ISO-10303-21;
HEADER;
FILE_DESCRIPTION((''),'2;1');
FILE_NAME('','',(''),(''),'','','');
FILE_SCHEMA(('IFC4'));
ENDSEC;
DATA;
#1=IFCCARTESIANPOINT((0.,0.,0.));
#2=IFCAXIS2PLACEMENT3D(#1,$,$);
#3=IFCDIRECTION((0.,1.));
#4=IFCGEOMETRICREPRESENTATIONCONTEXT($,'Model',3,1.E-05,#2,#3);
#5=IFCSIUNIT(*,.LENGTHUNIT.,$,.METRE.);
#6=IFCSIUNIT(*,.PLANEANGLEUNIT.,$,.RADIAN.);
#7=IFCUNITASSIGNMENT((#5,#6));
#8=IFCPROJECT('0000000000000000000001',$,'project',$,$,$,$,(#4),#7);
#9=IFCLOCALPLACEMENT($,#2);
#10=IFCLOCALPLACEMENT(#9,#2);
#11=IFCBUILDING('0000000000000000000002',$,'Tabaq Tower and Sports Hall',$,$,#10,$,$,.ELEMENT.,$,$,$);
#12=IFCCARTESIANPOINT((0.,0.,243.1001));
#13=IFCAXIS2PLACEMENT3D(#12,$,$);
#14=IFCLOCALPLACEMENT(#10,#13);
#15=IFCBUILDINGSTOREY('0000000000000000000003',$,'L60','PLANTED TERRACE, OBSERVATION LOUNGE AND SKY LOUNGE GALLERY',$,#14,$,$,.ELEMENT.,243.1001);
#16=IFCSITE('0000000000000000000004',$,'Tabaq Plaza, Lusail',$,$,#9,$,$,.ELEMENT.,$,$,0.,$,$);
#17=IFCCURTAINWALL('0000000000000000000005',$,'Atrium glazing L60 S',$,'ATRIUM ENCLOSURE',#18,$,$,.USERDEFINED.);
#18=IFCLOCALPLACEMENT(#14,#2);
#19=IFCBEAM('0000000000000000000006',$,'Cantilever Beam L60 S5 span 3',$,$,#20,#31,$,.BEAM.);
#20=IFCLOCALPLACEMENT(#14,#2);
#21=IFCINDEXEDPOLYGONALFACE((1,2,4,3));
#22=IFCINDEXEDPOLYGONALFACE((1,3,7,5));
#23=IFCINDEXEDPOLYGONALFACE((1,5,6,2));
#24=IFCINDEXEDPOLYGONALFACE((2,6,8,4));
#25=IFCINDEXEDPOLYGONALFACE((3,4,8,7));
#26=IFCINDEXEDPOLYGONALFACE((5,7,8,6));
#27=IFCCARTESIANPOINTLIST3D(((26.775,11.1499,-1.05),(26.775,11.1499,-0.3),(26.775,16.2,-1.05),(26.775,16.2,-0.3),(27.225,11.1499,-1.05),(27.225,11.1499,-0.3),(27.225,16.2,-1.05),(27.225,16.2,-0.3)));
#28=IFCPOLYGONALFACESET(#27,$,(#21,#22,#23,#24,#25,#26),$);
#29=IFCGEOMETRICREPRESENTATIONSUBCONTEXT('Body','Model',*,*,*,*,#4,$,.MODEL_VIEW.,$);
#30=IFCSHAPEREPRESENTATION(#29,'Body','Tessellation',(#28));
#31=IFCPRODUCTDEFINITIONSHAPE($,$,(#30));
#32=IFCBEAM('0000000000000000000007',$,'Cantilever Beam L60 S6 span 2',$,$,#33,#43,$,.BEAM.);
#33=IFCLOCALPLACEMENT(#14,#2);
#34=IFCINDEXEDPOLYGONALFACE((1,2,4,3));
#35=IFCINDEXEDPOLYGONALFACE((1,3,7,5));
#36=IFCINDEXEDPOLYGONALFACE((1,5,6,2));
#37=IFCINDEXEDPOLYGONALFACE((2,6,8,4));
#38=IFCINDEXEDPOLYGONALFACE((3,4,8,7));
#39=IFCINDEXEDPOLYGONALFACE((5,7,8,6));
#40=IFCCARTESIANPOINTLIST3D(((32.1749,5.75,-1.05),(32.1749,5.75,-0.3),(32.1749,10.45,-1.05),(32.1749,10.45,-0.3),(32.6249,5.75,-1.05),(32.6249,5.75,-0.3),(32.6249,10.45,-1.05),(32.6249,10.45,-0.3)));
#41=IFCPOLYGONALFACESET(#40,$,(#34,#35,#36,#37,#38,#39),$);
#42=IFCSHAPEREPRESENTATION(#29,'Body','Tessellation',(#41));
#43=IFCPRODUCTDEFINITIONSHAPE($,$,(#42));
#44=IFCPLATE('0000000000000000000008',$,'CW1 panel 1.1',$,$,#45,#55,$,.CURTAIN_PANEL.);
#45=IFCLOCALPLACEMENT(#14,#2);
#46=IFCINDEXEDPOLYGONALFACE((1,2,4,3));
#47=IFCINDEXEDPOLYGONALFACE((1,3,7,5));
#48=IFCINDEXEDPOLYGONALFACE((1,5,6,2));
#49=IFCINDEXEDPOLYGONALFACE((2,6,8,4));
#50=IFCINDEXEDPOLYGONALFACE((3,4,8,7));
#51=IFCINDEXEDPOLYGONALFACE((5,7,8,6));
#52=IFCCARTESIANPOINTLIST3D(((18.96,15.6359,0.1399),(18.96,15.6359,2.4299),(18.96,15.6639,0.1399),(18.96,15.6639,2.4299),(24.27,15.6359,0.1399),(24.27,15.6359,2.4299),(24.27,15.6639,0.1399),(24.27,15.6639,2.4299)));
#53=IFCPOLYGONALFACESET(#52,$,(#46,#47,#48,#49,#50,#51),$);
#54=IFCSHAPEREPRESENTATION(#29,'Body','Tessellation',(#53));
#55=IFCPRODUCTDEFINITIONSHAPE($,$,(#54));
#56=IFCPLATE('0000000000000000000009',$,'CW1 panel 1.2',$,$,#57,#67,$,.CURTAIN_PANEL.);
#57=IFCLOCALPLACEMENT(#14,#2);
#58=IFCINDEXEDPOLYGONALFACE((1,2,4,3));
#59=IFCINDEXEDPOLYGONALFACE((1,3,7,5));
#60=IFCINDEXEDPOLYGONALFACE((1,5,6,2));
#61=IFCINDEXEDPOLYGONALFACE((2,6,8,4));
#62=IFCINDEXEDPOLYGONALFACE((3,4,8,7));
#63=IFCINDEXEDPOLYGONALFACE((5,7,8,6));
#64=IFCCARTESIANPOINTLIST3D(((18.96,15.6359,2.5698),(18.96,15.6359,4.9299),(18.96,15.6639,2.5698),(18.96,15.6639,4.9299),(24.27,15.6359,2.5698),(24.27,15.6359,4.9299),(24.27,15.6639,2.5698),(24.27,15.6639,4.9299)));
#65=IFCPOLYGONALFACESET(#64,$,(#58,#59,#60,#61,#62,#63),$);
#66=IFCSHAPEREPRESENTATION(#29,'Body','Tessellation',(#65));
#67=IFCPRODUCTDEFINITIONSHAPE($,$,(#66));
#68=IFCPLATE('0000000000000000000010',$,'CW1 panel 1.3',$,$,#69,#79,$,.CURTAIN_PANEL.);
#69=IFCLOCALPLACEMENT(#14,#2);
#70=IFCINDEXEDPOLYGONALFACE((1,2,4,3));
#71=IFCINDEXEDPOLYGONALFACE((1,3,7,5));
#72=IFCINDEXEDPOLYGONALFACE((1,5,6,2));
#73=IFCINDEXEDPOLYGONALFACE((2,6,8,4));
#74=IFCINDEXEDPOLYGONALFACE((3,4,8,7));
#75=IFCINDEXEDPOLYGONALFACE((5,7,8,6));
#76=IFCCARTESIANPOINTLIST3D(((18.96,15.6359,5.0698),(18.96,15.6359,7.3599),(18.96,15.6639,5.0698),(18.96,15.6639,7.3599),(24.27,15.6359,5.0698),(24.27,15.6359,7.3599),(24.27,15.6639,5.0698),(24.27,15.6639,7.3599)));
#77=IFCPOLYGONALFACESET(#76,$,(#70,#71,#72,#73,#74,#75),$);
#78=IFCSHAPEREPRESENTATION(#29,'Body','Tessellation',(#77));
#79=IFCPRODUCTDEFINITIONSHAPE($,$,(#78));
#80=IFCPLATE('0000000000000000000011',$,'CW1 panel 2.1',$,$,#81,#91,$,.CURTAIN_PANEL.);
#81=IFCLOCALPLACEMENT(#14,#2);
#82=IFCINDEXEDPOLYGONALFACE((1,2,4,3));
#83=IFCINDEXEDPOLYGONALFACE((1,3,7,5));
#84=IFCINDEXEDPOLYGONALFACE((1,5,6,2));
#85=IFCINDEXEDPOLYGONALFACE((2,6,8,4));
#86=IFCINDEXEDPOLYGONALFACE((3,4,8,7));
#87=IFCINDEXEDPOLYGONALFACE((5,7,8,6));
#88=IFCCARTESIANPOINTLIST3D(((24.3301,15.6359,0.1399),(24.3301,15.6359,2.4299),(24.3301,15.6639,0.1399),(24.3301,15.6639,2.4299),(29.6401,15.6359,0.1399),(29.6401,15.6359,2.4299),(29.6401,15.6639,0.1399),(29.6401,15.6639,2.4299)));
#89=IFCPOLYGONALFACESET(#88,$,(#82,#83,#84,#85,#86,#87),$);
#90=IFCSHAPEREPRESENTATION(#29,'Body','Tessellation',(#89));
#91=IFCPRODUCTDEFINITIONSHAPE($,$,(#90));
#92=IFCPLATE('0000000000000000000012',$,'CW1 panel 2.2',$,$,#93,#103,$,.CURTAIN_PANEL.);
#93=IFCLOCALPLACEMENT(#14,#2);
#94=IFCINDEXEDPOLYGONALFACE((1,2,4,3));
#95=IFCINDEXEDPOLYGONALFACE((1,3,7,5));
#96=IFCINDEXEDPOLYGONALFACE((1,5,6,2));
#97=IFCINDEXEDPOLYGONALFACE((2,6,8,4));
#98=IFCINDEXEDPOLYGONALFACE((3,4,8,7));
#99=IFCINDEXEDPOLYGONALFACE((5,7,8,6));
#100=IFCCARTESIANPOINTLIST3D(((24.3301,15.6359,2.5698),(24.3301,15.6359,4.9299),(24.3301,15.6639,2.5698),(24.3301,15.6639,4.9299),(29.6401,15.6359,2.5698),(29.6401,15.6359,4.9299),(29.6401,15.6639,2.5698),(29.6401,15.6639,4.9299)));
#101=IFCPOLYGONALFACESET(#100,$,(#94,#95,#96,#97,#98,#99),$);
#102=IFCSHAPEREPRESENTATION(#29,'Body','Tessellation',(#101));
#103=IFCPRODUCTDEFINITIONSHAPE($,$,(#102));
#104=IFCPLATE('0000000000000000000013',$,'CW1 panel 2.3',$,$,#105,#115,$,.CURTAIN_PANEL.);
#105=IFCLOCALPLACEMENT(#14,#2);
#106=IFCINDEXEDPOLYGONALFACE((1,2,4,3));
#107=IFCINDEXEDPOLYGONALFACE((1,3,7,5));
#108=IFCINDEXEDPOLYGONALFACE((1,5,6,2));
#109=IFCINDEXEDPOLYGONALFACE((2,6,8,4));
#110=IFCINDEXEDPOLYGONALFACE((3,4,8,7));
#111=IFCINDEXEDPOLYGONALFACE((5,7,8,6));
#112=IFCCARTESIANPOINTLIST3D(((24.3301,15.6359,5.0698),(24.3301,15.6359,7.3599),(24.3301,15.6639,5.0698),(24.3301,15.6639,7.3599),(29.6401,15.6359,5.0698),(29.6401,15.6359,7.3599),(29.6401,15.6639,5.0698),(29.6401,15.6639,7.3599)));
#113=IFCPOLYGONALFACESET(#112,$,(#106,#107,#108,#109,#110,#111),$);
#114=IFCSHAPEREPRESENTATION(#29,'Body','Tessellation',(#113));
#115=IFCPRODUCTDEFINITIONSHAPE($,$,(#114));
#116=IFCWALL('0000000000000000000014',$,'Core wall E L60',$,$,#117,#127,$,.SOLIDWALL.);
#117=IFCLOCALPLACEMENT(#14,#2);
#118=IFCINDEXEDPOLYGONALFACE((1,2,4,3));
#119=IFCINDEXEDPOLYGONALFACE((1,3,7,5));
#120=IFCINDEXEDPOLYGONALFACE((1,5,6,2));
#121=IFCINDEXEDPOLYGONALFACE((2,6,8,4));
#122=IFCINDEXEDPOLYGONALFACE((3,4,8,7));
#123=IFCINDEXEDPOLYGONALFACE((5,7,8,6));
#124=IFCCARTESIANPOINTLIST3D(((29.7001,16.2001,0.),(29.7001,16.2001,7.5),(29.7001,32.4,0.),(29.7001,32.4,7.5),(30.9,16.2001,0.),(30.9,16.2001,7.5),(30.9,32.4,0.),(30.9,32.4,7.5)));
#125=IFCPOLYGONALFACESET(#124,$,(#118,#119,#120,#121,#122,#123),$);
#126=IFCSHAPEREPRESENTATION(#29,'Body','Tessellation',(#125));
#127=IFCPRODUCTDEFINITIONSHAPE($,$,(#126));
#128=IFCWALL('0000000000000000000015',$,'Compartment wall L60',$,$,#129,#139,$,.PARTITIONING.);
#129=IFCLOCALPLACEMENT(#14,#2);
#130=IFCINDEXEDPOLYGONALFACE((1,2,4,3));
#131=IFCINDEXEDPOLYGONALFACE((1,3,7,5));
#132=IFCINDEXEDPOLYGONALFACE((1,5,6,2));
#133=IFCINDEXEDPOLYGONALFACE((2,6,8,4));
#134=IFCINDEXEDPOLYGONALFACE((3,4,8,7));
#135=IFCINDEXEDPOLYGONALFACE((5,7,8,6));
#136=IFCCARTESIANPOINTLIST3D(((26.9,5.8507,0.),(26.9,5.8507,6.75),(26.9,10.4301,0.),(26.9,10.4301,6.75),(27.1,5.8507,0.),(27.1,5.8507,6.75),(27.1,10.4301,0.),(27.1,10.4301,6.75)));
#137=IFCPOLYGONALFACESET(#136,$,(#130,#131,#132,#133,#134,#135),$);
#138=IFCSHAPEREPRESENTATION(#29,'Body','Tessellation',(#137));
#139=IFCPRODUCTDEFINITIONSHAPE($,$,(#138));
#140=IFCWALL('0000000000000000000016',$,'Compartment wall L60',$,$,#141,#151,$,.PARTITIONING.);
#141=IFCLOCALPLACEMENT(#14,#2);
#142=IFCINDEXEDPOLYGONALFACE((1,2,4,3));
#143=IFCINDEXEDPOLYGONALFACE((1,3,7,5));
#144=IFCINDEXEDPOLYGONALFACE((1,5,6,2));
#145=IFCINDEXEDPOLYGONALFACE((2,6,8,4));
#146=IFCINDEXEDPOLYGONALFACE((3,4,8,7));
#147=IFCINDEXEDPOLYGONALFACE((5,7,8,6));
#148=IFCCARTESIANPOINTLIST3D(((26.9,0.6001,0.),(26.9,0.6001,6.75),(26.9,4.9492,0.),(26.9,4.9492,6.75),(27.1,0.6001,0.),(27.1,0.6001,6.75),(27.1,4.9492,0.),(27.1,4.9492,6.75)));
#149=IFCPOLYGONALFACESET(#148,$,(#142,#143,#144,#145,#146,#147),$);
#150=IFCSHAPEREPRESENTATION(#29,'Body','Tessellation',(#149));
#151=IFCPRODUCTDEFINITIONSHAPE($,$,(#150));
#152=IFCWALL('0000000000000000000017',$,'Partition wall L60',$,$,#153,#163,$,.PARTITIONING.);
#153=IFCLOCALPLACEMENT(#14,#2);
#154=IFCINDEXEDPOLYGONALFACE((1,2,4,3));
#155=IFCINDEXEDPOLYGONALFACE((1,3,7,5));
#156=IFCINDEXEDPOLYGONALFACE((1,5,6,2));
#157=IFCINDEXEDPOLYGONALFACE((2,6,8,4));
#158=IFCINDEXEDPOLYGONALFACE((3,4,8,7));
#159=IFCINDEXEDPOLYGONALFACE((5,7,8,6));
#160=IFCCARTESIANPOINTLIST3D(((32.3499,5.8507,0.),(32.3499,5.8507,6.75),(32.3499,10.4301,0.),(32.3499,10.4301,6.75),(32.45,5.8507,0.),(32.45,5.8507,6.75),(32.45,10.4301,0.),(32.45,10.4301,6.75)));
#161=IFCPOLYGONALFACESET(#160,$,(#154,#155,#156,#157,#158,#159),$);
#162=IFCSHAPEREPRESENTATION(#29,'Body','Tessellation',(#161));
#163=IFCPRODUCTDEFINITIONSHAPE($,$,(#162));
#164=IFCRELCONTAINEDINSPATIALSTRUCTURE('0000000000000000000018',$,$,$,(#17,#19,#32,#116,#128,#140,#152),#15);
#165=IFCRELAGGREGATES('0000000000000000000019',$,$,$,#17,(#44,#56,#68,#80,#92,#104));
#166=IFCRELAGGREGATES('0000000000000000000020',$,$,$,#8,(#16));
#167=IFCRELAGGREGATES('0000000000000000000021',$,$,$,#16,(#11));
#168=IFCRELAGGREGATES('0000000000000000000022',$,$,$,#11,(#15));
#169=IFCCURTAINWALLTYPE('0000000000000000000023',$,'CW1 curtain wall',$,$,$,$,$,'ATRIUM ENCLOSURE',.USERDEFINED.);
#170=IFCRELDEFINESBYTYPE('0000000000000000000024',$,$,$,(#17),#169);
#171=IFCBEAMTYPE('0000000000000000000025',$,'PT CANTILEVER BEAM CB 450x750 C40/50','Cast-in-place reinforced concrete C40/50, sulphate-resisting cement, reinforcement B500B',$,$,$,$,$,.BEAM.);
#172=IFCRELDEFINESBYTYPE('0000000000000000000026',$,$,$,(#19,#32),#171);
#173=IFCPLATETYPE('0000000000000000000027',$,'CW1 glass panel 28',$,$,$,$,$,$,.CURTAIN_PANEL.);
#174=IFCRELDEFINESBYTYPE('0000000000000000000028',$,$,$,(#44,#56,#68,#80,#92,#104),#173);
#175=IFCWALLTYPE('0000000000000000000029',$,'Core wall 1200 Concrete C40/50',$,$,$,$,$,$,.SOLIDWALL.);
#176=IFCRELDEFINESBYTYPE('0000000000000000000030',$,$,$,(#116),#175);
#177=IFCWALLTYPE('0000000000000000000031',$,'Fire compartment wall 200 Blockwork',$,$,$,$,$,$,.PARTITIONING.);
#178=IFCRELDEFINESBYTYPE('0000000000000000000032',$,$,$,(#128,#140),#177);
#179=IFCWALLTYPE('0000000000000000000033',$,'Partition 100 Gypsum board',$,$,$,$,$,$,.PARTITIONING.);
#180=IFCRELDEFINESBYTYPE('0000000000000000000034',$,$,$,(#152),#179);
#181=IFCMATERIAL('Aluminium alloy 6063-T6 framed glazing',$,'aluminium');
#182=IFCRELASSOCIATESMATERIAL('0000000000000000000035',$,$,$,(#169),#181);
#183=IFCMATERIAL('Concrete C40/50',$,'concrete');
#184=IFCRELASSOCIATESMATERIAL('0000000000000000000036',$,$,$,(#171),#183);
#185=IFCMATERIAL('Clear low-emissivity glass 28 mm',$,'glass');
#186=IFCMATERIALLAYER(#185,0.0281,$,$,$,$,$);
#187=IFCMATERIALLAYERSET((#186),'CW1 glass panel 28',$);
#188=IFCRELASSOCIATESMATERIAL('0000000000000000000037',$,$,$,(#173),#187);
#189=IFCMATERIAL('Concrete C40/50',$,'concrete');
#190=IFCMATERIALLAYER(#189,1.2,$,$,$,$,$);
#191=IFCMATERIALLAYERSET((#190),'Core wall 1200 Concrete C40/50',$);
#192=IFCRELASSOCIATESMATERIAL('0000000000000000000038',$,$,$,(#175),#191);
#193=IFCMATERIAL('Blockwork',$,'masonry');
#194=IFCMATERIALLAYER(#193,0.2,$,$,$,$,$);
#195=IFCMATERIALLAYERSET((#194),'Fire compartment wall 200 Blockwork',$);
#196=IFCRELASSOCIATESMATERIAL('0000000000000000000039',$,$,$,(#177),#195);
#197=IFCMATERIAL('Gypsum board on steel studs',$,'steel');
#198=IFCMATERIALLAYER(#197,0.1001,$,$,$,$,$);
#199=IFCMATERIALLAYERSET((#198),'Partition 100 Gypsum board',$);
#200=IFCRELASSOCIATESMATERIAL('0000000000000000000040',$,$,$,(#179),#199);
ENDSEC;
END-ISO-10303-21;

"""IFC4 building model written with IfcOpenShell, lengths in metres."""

from ifc_helpers import new_model, si_unit, direction, frame, frame_2d, origin, origin_2d, place, context, subcontext, project, spatial, rectangle, extrude, material, layer, layer_set, material_profile, profile_set, type_object, element, aggregate, save


model = new_model("IFC4")

# Units and contexts
model_context = context("Model", 3, precision=1e-05, world=origin(), true_north=direction((0.0, 1.0)))
body_context = subcontext(model_context, "Body", "Model", "MODEL_VIEW")
ifc_project = project(units=[si_unit("LENGTHUNIT", "METRE"), si_unit("PLANEANGLEUNIT", "RADIAN")], contexts=[model_context])

# Site, building, storey
site_placement = place(None, origin())
site = spatial("IfcSite", under=ifc_project, at=site_placement, Name="Tabaq Plaza, Lusail", CompositionType="ELEMENT", RefElevation=0.0)
building_placement = place(site_placement, origin())
building = spatial("IfcBuilding", under=site, at=building_placement, Name="Tabaq Tower and Sports Hall", CompositionType="ELEMENT")
storey_placement = place(building_placement, frame((0.0, 0.0, 243.1001)))
storey = spatial("IfcBuildingStorey", under=building, at=storey_placement, Name="L60", Description="PLANTED TERRACE, OBSERVATION LOUNGE AND SKY LOUNGE GALLERY", CompositionType="ELEMENT", Elevation=243.1001)

# Curtain wall
ifc_material_1 = material(Name="Aluminium alloy 6063-T6 framed glazing", Category="aluminium")
curtain_wall_type = type_object("IfcCurtainWallType", Name="CW1 curtain wall", ElementType="ATRIUM ENCLOSURE", PredefinedType="USERDEFINED", material=ifc_material_1)
curtain_wall_placement = place(storey_placement, origin())
curtain_wall = element("IfcCurtainWall", 1, at=curtain_wall_placement, inside=storey, type_object=curtain_wall_type, Name="Atrium glazing L60 S", ObjectType="ATRIUM ENCLOSURE", PredefinedType="USERDEFINED")

# Beams
ifc_material_2 = material(Name="Concrete C40/50", Category="concrete")
ifc_material_profile_1 = material_profile(ifc_material_2, rectangle(XDim=0.45, YDim=0.75, at=origin_2d()), Name="CB 450x750")
ifc_profile_set_1 = profile_set([ifc_material_profile_1], Name="Concrete C40/50")
beam_type = type_object("IfcBeamType", Name="PT CANTILEVER BEAM CB 450x750 C40/50", Description="Cast-in-place reinforced concrete C40/50, sulphate-resisting cement, reinforcement B500B", PredefinedType="BEAM", material=ifc_profile_set_1)
beam_1_placement = place(storey_placement, frame((27.0, 11.1499, -0.675), z_axis=(0.0, 1.0, 0.0), x_axis=(-1.0, 0.0, 0.0)))
element("IfcBeam", 2, at=beam_1_placement, inside=storey, type_object=beam_type, Name="Cantilever Beam L60 S5 span 3", PredefinedType="BEAM", context=body_context, shape_type="SweptSolid", body=[
    extrude(rectangle(XDim=0.45, YDim=0.75, at=origin_2d()), origin(), (0.0, 0.0, 1.0), 5.05),
])
beam_2_placement = place(storey_placement, frame((32.3999, 5.75, -0.675), z_axis=(0.0, 1.0, 0.0), x_axis=(-1.0, 0.0, 0.0)))
element("IfcBeam", 3, at=beam_2_placement, inside=storey, type_object=beam_type, Name="Cantilever Beam L60 S6 span 2", PredefinedType="BEAM", context=body_context, shape_type="SweptSolid", body=[
    extrude(rectangle(XDim=0.45, YDim=0.75, at=origin_2d()), origin(), (0.0, 0.0, 1.0), 4.7),
])

# Plates
ifc_material_3 = material(Name="Clear low-emissivity glass 28 mm", Category="glass")
ifc_layer_1 = layer(ifc_material_3, 0.0281)
ifc_layer_set_1 = layer_set([ifc_layer_1], Name="CW1 glass panel 28")
plate_type = type_object("IfcPlateType", Name="CW1 glass panel 28", PredefinedType="CURTAIN_PANEL", material=ifc_layer_set_1)
plate_1_placement = place(storey_placement, frame((21.615, 15.6499, 0.1399), z_axis=(0.0, 0.0, 1.0), x_axis=(1.0, 0.0, 0.0)))
plate_1 = element("IfcPlate", 4, at=plate_1_placement, type_object=plate_type, Name="CW1 panel 1.1", PredefinedType="CURTAIN_PANEL", context=body_context, shape_type="SweptSolid", body=[
    extrude(rectangle(XDim=5.3101, YDim=0.0281, at=origin_2d()), origin(), (0.0, 0.0, 1.0), 2.29),
])
plate_2_placement = place(storey_placement, frame((21.615, 15.6499, 2.5698), z_axis=(0.0, 0.0, 1.0), x_axis=(1.0, 0.0, 0.0)))
plate_2 = element("IfcPlate", 5, at=plate_2_placement, type_object=plate_type, Name="CW1 panel 1.2", PredefinedType="CURTAIN_PANEL", context=body_context, shape_type="SweptSolid", body=[
    extrude(rectangle(XDim=5.3101, YDim=0.0281, at=origin_2d()), origin(), (0.0, 0.0, 1.0), 2.3601),
])
plate_3_placement = place(storey_placement, frame((21.615, 15.6499, 5.0698), z_axis=(0.0, 0.0, 1.0), x_axis=(1.0, 0.0, 0.0)))
plate_3 = element("IfcPlate", 6, at=plate_3_placement, type_object=plate_type, Name="CW1 panel 1.3", PredefinedType="CURTAIN_PANEL", context=body_context, shape_type="SweptSolid", body=[
    extrude(rectangle(XDim=5.3101, YDim=0.0281, at=origin_2d()), origin(), (0.0, 0.0, 1.0), 2.29),
])
plate_4_placement = place(storey_placement, frame((26.9851, 15.6499, 0.1399), z_axis=(0.0, 0.0, 1.0), x_axis=(1.0, 0.0, 0.0)))
plate_4 = element("IfcPlate", 7, at=plate_4_placement, type_object=plate_type, Name="CW1 panel 2.1", PredefinedType="CURTAIN_PANEL", context=body_context, shape_type="SweptSolid", body=[
    extrude(rectangle(XDim=5.3101, YDim=0.0281, at=origin_2d()), origin(), (0.0, 0.0, 1.0), 2.29),
])
plate_5_placement = place(storey_placement, frame((26.9851, 15.6499, 2.5698), z_axis=(0.0, 0.0, 1.0), x_axis=(1.0, 0.0, 0.0)))
plate_5 = element("IfcPlate", 8, at=plate_5_placement, type_object=plate_type, Name="CW1 panel 2.2", PredefinedType="CURTAIN_PANEL", context=body_context, shape_type="SweptSolid", body=[
    extrude(rectangle(XDim=5.3101, YDim=0.0281, at=origin_2d()), origin(), (0.0, 0.0, 1.0), 2.3601),
])
plate_6_placement = place(storey_placement, frame((26.9851, 15.6499, 5.0698), z_axis=(0.0, 0.0, 1.0), x_axis=(1.0, 0.0, 0.0)))
plate_6 = element("IfcPlate", 9, at=plate_6_placement, type_object=plate_type, Name="CW1 panel 2.3", PredefinedType="CURTAIN_PANEL", context=body_context, shape_type="SweptSolid", body=[
    extrude(rectangle(XDim=5.3101, YDim=0.0281, at=origin_2d()), origin(), (0.0, 0.0, 1.0), 2.29),
])
aggregate(curtain_wall, [plate_1, plate_2, plate_3, plate_4, plate_5, plate_6])

# Wall
ifc_material_4 = material(Name="Concrete C40/50", Category="concrete")
ifc_layer_2 = layer(ifc_material_4, 1.2)
ifc_layer_set_2 = layer_set([ifc_layer_2], Name="Core wall 1200 Concrete C40/50")
wall_type_1 = type_object("IfcWallType", Name="Core wall 1200 Concrete C40/50", PredefinedType="SOLIDWALL", material=ifc_layer_set_2)
wall_1_placement = place(storey_placement, frame((30.3, 16.2, 0.0), z_axis=(0.0, 0.0, 1.0), x_axis=(0.0, 1.0, 0.0)))
element("IfcWall", 10, at=wall_1_placement, inside=storey, type_object=wall_type_1, Name="Core wall E L60", PredefinedType="SOLIDWALL", context=body_context, shape_type="SweptSolid", body=[
    extrude(rectangle(XDim=16.2, YDim=1.2, at=frame_2d((8.1001, 0.0))), origin(), (0.0, 0.0, 1.0), 7.5),
])

# Shared definitions
ifc_material_5 = material(Name="Blockwork", Category="masonry")
ifc_layer_3 = layer(ifc_material_5, 0.2)
ifc_layer_set_3 = layer_set([ifc_layer_3], Name="Fire compartment wall 200 Blockwork")
wall_type_2 = type_object("IfcWallType", Name="Fire compartment wall 200 Blockwork", PredefinedType="PARTITIONING", material=ifc_layer_set_3)

# Walls
wall_2_placement = place(storey_placement, frame((27.0, 10.4299, 0.0), z_axis=(0.0, 0.0, 1.0), x_axis=(0.0, -1.0, 0.0)))
element("IfcWall", 11, at=wall_2_placement, inside=storey, type_object=wall_type_2, Name="Compartment wall L60", PredefinedType="PARTITIONING", context=body_context, shape_type="SweptSolid", body=[
    extrude(rectangle(XDim=4.5793, YDim=0.2, at=frame_2d((2.2896, 0.0))), origin(), (0.0, 0.0, 1.0), 6.75),
])
wall_3_placement = place(storey_placement, frame((27.0, 4.9492, 0.0), z_axis=(0.0, 0.0, 1.0), x_axis=(0.0, -1.0, 0.0)))
element("IfcWall", 12, at=wall_3_placement, inside=storey, type_object=wall_type_2, Name="Compartment wall L60", PredefinedType="PARTITIONING", context=body_context, shape_type="SweptSolid", body=[
    extrude(rectangle(XDim=4.3491, YDim=0.2, at=frame_2d((2.1746, 0.0))), origin(), (0.0, 0.0, 1.0), 6.75),
])
ifc_material_6 = material(Name="Gypsum board on steel studs", Category="steel")
ifc_layer_4 = layer(ifc_material_6, 0.1001)
ifc_layer_set_4 = layer_set([ifc_layer_4], Name="Partition 100 Gypsum board")
wall_type_3 = type_object("IfcWallType", Name="Partition 100 Gypsum board", PredefinedType="PARTITIONING", material=ifc_layer_set_4)
wall_4_placement = place(storey_placement, frame((32.3999, 10.4299, 0.0), z_axis=(0.0, 0.0, 1.0), x_axis=(0.0, -1.0, 0.0)))
element("IfcWall", 13, at=wall_4_placement, inside=storey, type_object=wall_type_3, Name="Partition wall L60", PredefinedType="PARTITIONING", context=body_context, shape_type="SweptSolid", body=[
    extrude(rectangle(XDim=4.5793, YDim=0.1001, at=frame_2d((2.2896, 0.0))), origin(), (0.0, 0.0, 1.0), 6.75),
])

save(model, "model.ifc")
